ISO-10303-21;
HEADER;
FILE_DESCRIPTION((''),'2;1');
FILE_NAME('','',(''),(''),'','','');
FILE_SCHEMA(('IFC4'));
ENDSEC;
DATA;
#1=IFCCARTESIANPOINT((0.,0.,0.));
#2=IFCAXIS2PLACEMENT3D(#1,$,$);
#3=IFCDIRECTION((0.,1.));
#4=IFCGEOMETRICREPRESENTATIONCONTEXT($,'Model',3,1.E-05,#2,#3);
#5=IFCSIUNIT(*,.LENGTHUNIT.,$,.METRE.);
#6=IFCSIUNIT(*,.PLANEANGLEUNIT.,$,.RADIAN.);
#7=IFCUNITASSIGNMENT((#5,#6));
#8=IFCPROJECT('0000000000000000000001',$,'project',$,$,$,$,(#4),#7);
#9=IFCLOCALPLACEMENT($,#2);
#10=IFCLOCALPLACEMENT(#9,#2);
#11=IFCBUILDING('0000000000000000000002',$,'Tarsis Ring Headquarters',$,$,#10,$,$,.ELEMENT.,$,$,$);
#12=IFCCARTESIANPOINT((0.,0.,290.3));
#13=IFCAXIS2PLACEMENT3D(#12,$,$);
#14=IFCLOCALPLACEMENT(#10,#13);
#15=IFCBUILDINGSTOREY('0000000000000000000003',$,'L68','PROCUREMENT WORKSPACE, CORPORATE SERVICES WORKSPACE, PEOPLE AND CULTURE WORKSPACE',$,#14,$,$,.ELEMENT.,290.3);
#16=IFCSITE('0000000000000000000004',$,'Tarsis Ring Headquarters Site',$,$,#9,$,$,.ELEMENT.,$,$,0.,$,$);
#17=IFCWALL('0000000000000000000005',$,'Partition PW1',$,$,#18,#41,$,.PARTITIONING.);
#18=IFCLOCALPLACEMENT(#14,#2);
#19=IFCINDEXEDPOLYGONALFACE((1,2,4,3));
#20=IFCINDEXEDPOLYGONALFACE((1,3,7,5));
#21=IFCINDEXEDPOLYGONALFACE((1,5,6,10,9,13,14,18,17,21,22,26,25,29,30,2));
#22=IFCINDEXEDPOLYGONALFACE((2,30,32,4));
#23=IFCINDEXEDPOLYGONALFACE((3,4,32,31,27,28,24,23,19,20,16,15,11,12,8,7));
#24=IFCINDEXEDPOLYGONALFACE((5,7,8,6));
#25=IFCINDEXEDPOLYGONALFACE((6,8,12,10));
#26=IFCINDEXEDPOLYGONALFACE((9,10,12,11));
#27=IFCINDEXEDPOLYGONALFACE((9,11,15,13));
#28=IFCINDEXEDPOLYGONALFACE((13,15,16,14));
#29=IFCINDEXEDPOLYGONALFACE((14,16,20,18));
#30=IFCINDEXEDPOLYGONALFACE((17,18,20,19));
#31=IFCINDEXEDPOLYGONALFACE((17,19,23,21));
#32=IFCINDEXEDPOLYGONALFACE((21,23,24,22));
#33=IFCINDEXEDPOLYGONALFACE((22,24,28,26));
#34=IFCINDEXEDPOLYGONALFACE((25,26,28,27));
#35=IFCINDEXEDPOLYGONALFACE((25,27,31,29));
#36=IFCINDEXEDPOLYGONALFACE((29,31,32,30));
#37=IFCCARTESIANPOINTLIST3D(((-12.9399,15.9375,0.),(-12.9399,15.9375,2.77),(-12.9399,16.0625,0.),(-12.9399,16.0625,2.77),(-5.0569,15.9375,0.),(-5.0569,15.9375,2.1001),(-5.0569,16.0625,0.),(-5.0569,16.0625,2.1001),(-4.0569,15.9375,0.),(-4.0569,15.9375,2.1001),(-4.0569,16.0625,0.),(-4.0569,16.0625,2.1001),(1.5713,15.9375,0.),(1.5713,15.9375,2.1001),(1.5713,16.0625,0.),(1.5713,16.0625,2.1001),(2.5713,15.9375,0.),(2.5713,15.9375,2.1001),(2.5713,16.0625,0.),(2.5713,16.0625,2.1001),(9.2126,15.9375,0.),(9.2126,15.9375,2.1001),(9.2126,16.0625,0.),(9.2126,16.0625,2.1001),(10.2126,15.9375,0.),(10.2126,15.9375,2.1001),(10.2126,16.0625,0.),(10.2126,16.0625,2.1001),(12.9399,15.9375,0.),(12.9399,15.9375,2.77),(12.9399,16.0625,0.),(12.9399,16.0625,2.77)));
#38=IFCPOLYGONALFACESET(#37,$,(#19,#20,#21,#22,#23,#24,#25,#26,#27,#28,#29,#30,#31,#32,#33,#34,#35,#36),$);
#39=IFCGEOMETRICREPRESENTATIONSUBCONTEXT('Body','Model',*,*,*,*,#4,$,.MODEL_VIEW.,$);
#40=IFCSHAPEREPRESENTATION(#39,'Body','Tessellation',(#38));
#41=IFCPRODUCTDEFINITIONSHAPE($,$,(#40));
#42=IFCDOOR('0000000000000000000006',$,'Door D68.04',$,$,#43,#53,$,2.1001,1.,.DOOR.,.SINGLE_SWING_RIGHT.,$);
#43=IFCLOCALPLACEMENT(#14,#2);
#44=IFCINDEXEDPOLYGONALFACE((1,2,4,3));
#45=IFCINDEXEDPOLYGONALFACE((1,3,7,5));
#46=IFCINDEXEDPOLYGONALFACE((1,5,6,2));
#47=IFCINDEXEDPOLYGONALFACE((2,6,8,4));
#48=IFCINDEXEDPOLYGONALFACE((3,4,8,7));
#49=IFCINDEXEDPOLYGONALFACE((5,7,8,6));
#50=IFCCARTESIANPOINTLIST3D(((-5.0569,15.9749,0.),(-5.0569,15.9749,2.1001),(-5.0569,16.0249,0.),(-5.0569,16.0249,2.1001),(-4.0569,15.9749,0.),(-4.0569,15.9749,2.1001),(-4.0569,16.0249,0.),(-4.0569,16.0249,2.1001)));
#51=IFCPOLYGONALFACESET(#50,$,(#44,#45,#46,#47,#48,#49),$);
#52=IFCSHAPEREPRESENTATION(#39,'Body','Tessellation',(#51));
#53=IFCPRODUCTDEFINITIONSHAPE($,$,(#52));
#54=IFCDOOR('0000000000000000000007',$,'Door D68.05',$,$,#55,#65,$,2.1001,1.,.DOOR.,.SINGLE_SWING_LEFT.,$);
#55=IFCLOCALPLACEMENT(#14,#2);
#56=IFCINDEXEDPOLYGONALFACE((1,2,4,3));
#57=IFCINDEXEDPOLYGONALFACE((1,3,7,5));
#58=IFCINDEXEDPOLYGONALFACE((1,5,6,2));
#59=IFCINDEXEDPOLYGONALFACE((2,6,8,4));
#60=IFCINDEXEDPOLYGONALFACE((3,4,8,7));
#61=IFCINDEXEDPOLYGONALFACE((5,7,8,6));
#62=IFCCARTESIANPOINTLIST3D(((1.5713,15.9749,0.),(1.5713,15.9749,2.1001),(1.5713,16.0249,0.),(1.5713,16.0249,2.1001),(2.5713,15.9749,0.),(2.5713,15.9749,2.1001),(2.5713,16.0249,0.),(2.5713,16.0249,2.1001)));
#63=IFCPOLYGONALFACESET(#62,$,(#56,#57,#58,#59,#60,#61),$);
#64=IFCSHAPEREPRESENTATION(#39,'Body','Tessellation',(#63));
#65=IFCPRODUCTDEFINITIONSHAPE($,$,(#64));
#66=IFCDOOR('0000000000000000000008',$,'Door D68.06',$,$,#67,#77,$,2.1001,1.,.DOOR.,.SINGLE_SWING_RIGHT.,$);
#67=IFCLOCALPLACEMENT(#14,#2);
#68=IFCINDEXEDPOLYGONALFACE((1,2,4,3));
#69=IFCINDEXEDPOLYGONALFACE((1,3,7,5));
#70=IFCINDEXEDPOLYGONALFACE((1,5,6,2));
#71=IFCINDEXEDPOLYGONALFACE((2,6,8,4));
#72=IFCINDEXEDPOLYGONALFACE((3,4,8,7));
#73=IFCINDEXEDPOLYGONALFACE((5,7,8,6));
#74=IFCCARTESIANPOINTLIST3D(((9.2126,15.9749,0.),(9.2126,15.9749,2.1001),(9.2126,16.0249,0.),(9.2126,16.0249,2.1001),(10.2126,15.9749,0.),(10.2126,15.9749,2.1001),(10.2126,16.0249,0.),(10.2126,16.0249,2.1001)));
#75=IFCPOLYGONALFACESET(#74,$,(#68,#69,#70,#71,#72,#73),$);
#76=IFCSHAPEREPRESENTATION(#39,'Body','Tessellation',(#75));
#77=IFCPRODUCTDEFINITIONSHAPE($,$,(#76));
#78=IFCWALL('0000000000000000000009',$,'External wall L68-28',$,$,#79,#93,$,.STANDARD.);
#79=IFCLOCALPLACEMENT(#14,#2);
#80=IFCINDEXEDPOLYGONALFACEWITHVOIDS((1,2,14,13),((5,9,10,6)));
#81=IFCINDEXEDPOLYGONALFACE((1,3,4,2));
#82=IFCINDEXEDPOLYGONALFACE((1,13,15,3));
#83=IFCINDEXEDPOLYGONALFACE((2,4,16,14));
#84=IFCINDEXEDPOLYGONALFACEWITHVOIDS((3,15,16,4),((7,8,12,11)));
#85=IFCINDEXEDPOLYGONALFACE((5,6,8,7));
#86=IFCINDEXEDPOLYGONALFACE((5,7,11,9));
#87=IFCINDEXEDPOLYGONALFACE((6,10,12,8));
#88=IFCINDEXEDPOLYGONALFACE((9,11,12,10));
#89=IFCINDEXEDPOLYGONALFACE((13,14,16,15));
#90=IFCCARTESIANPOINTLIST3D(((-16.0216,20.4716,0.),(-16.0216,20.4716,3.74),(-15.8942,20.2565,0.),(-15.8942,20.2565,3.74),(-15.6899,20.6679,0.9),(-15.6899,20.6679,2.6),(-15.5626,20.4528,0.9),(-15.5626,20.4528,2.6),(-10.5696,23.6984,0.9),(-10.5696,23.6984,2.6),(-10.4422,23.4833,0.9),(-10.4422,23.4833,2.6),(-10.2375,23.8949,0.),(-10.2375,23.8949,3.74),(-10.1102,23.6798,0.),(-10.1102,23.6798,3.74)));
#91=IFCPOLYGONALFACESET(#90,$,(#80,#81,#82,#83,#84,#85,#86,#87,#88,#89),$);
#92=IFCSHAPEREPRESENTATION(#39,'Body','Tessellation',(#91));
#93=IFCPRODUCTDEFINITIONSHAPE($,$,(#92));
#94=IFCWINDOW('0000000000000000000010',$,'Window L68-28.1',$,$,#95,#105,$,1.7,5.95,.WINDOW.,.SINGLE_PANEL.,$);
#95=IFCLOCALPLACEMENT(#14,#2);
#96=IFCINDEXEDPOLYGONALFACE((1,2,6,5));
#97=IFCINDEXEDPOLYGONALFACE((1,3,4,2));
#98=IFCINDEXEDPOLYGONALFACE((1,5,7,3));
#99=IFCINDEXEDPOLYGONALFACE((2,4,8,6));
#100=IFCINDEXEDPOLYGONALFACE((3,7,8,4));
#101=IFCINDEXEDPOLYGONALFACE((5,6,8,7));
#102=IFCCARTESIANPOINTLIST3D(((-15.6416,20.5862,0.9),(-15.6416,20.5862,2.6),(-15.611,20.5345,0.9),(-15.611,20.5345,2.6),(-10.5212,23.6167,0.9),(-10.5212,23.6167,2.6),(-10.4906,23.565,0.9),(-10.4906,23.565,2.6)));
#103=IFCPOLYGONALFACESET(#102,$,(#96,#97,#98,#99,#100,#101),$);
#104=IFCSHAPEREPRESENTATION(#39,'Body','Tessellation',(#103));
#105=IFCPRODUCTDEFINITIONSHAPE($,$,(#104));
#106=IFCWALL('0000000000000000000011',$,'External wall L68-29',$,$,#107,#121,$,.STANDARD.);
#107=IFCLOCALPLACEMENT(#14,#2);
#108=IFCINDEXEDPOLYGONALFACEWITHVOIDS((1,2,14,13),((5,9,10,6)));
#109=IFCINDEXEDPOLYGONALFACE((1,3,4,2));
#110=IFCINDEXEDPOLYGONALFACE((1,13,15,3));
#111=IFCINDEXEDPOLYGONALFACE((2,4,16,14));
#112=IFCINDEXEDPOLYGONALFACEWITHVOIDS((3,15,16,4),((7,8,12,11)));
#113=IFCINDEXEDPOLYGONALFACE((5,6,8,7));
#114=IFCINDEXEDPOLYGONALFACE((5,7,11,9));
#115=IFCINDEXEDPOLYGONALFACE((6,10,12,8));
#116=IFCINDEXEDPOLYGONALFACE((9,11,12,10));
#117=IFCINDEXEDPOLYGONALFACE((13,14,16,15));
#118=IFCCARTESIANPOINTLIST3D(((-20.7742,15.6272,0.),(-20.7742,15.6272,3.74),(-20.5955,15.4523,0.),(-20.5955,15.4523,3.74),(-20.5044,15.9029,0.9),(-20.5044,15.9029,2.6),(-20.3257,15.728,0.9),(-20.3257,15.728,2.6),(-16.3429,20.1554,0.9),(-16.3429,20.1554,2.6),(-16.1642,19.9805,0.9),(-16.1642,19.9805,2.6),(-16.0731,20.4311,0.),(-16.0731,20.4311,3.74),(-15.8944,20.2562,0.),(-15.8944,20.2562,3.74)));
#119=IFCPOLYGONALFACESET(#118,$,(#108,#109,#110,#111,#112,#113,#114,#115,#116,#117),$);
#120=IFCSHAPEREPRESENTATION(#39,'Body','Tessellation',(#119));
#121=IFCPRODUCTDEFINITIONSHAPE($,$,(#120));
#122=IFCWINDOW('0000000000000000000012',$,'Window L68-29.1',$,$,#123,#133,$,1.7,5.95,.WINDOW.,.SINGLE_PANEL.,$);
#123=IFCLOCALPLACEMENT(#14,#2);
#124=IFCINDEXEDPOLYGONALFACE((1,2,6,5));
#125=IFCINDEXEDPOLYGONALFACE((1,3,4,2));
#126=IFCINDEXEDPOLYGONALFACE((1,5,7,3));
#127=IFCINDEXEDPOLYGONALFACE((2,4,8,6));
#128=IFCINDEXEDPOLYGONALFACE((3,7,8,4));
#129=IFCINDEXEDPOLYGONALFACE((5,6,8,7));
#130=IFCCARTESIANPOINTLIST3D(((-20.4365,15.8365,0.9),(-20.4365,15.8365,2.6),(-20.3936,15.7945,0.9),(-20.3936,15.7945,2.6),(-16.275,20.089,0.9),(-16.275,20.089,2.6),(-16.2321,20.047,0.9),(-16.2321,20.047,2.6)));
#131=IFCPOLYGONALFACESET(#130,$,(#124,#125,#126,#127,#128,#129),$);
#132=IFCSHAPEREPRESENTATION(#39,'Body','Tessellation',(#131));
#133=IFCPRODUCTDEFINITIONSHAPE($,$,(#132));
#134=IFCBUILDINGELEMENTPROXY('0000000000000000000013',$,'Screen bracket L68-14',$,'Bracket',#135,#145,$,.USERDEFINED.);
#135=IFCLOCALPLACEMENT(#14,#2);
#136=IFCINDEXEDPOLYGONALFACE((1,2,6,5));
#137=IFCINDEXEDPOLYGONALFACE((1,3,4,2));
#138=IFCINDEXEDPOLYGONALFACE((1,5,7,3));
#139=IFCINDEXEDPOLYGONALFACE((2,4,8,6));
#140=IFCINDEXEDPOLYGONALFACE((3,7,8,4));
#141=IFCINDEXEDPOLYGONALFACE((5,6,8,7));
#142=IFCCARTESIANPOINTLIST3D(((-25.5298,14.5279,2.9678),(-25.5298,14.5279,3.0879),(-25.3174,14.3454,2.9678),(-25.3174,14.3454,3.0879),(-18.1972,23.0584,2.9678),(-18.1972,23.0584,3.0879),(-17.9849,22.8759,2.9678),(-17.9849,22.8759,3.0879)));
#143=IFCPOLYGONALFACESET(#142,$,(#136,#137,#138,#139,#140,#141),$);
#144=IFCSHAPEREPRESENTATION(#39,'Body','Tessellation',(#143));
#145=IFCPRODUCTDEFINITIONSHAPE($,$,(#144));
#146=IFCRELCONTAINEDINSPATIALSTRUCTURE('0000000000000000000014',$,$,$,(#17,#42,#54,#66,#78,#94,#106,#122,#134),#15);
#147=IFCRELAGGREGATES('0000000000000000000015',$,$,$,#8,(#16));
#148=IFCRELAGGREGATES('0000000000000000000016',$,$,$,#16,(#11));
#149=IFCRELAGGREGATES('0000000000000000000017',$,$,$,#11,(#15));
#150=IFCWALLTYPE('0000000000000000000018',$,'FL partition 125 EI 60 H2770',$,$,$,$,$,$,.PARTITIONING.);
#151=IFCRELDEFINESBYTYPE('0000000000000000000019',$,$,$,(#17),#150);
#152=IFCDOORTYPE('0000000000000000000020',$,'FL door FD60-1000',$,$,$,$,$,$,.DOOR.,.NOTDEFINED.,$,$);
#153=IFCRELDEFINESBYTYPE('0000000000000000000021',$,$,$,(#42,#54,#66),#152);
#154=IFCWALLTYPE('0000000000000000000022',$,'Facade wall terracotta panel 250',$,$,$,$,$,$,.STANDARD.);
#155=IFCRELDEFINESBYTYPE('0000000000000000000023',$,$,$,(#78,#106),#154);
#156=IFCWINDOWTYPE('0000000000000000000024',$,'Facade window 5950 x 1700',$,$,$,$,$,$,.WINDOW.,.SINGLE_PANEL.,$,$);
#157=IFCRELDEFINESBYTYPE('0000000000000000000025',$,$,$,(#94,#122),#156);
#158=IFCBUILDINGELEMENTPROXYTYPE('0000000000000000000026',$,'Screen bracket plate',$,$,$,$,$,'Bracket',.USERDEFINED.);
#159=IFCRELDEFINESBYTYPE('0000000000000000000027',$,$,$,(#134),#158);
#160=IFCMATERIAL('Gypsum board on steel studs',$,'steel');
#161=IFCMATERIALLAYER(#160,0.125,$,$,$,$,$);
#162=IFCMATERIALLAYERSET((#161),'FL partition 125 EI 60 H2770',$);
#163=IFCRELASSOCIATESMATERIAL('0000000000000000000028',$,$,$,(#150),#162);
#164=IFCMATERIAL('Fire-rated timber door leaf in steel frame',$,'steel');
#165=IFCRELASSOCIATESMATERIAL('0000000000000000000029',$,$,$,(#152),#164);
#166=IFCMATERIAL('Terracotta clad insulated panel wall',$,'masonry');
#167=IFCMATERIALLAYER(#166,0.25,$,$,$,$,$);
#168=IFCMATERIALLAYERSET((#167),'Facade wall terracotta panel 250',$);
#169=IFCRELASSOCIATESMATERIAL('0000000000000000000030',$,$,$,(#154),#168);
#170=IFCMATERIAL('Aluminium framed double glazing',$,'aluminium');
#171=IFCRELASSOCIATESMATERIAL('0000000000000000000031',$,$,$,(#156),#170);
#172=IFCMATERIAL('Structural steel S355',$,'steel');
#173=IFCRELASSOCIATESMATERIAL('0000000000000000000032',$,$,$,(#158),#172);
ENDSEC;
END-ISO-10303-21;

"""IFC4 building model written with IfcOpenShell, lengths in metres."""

from ifc_helpers import new_model, si_unit, direction, frame, frame_2d, origin, origin_2d, place, context, subcontext, project, spatial, rectangle, extrude, material, layer, layer_set, type_object, element, fill, save


model = new_model("IFC4")

# Units and contexts
model_context = context("Model", 3, precision=1e-05, world=origin(), true_north=direction((0.0, 1.0)))
body_context = subcontext(model_context, "Body", "Model", "MODEL_VIEW")
ifc_project = project(units=[si_unit("LENGTHUNIT", "METRE"), si_unit("PLANEANGLEUNIT", "RADIAN")], contexts=[model_context])

# Site, building, storey
site_placement = place(None, origin())
site = spatial("IfcSite", under=ifc_project, at=site_placement, Name="Tarsis Ring Headquarters Site", CompositionType="ELEMENT", RefElevation=0.0)
building_placement = place(site_placement, origin())
building = spatial("IfcBuilding", under=site, at=building_placement, Name="Tarsis Ring Headquarters", CompositionType="ELEMENT")
storey_placement = place(building_placement, frame((0.0, 0.0, 290.3)))
storey = spatial("IfcBuildingStorey", under=building, at=storey_placement, Name="L68", Description="PROCUREMENT WORKSPACE, CORPORATE SERVICES WORKSPACE, PEOPLE AND CULTURE WORKSPACE", CompositionType="ELEMENT", Elevation=290.3)

# Shared definitions
ifc_material_1 = material(Name="Structural steel S355", Category="steel")

# Shared definitions
ifc_material_2 = material(Name="Gypsum board on steel studs", Category="steel")

# Wall, openings, doors
ifc_layer_1 = layer(ifc_material_2, 0.125)
ifc_layer_set_1 = layer_set([ifc_layer_1], Name="FL partition 125 EI 60 H2770")
wall_type_1 = type_object("IfcWallType", Name="FL partition 125 EI 60 H2770", PredefinedType="PARTITIONING", material=ifc_layer_set_1)
wall_1_placement = place(storey_placement, frame((-12.9399, 16.0, 0.0), z_axis=(0.0, 0.0, 1.0), x_axis=(1.0, 0.0, 0.0)))
wall_1 = element("IfcWall", 1, at=wall_1_placement, inside=storey, type_object=wall_type_1, Name="Partition PW1", PredefinedType="PARTITIONING", context=body_context, shape_type="SweptSolid", body=[
    extrude(rectangle(XDim=25.8799, YDim=0.125, at=frame_2d((12.9399, 0.0))), origin(), (0.0, 0.0, 1.0), 2.77),
])
opening_1_placement = place(wall_1_placement, frame((7.8831, 0.0, 0.0)))
opening_1 = element("IfcOpeningElement", 2, at=opening_1_placement, cuts=wall_1, PredefinedType="OPENING", context=body_context, shape_type="SweptSolid", body=[
    extrude(rectangle(XDim=1.0, YDim=2.1001, at=frame_2d((0.5, 1.05))), frame((0.0, 0.0725, 0.0), z_axis=(0.0, -1.0, 0.0), x_axis=(1.0, 0.0, 0.0)), (0.0, 0.0, 1.0), 0.145),
])
opening_2_placement = place(wall_1_placement, frame((14.5112, 0.0, 0.0)))
opening_2 = element("IfcOpeningElement", 3, at=opening_2_placement, cuts=wall_1, PredefinedType="OPENING", context=body_context, shape_type="SweptSolid", body=[
    extrude(rectangle(XDim=1.0, YDim=2.1001, at=frame_2d((0.5, 1.05))), frame((0.0, 0.0725, 0.0), z_axis=(0.0, -1.0, 0.0), x_axis=(1.0, 0.0, 0.0)), (0.0, 0.0, 1.0), 0.145),
])
opening_3_placement = place(wall_1_placement, frame((22.1526, 0.0, 0.0)))
opening_3 = element("IfcOpeningElement", 4, at=opening_3_placement, cuts=wall_1, PredefinedType="OPENING", context=body_context, shape_type="SweptSolid", body=[
    extrude(rectangle(XDim=1.0, YDim=2.1001, at=frame_2d((0.5, 1.05))), frame((0.0, 0.0725, 0.0), z_axis=(0.0, -1.0, 0.0), x_axis=(1.0, 0.0, 0.0)), (0.0, 0.0, 1.0), 0.145),
])
ifc_material_3 = material(Name="Fire-rated timber door leaf in steel frame", Category="steel")
door_type = type_object("IfcDoorType", Name="FL door FD60-1000", OperationType="NOTDEFINED", PredefinedType="DOOR", material=ifc_material_3)
door_1_placement = place(opening_1_placement, origin())
door_1 = element("IfcDoor", 5, at=door_1_placement, inside=storey, type_object=door_type, Name="Door D68.04", OperationType="SINGLE_SWING_RIGHT", OverallHeight=2.1001, OverallWidth=1.0, PredefinedType="DOOR", context=body_context, shape_type="SweptSolid", body=[
    extrude(rectangle(XDim=1.0, YDim=2.1001, at=frame_2d((0.5, 1.05))), frame((0.0, 0.0249, 0.0), z_axis=(0.0, -1.0, 0.0), x_axis=(1.0, 0.0, 0.0)), (0.0, 0.0, 1.0), 0.05),
])
fill(opening_1, door_1)
door_2_placement = place(opening_2_placement, origin())
door_2 = element("IfcDoor", 6, at=door_2_placement, inside=storey, type_object=door_type, Name="Door D68.05", OperationType="SINGLE_SWING_LEFT", OverallHeight=2.1001, OverallWidth=1.0, PredefinedType="DOOR", context=body_context, shape_type="SweptSolid", body=[
    extrude(rectangle(XDim=1.0, YDim=2.1001, at=frame_2d((0.5, 1.05))), frame((0.0, 0.0249, 0.0), z_axis=(0.0, -1.0, 0.0), x_axis=(1.0, 0.0, 0.0)), (0.0, 0.0, 1.0), 0.05),
])
fill(opening_2, door_2)
door_3_placement = place(opening_3_placement, origin())
door_3 = element("IfcDoor", 7, at=door_3_placement, inside=storey, type_object=door_type, Name="Door D68.06", OperationType="SINGLE_SWING_RIGHT", OverallHeight=2.1001, OverallWidth=1.0, PredefinedType="DOOR", context=body_context, shape_type="SweptSolid", body=[
    extrude(rectangle(XDim=1.0, YDim=2.1001, at=frame_2d((0.5, 1.05))), frame((0.0, 0.0249, 0.0), z_axis=(0.0, -1.0, 0.0), x_axis=(1.0, 0.0, 0.0)), (0.0, 0.0, 1.0), 0.05),
])
fill(opening_3, door_3)

# Walls, openings, windows
ifc_material_4 = material(Name="Terracotta clad insulated panel wall", Category="masonry")
ifc_layer_2 = layer(ifc_material_4, 0.25)
ifc_layer_set_2 = layer_set([ifc_layer_2], Name="Facade wall terracotta panel 250")
wall_type_2 = type_object("IfcWallType", Name="Facade wall terracotta panel 250", PredefinedType="STANDARD", material=ifc_layer_set_2)
wall_2_placement = place(storey_placement, frame((-10.1738, 23.7874, 0.0), z_axis=(0.0, 0.0, 1.0), x_axis=(-0.860573, -0.509326, 0.0)))
wall_2 = element("IfcWall", 8, at=wall_2_placement, inside=storey, type_object=wall_type_2, Name="External wall L68-28", PredefinedType="STANDARD", context=body_context, shape_type="SweptSolid", body=[
    extrude(rectangle(XDim=6.7212, YDim=0.25, at=frame_2d((3.3606, 0.0))), origin(), (0.0, 0.0, 1.0), 3.74),
])
opening_4_placement = place(wall_2_placement, frame((0.3857, 0.0, 0.8999)))
opening_4 = element("IfcOpeningElement", 9, at=opening_4_placement, cuts=wall_2, PredefinedType="OPENING", context=body_context, shape_type="SweptSolid", body=[
    extrude(rectangle(XDim=5.95, YDim=1.7, at=frame_2d((2.9751, 0.8501))), frame((0.0, 0.135, 0.0), z_axis=(0.0, -1.0, 0.0), x_axis=(1.0, 0.0, 0.0)), (0.0, 0.0, 1.0), 0.27),
])
ifc_material_5 = material(Name="Aluminium framed double glazing", Category="aluminium")
window_type = type_object("IfcWindowType", Name="Facade window 5950 x 1700", PartitioningType="SINGLE_PANEL", PredefinedType="WINDOW", material=ifc_material_5)
window_1_placement = place(opening_4_placement, origin())
window_1 = element("IfcWindow", 10, at=window_1_placement, inside=storey, type_object=window_type, Name="Window L68-28.1", OverallHeight=1.7, OverallWidth=5.95, PartitioningType="SINGLE_PANEL", PredefinedType="WINDOW", context=body_context, shape_type="SweptSolid", body=[
    extrude(rectangle(XDim=5.95, YDim=1.7, at=frame_2d((2.9751, 0.8501))), frame((0.0, 0.03, 0.0), z_axis=(0.0, -1.0, 0.0), x_axis=(1.0, 0.0, 0.0)), (0.0, 0.0, 1.0), 0.0601),
])
fill(opening_4, window_1)
wall_3_placement = place(storey_placement, frame((-15.9836, 20.3438, 0.0), z_axis=(0.0, 0.0, 1.0), x_axis=(-0.69942, -0.714711, 0.0)))
wall_3 = element("IfcWall", 11, at=wall_3_placement, inside=storey, type_object=wall_type_2, Name="External wall L68-29", PredefinedType="STANDARD", context=body_context, shape_type="SweptSolid", body=[
    extrude(rectangle(XDim=6.7214, YDim=0.25, at=frame_2d((3.3608, 0.0))), origin(), (0.0, 0.0, 1.0), 3.74),
])
opening_5_placement = place(wall_3_placement, frame((0.3857, 0.0, 0.8999)))
opening_5 = element("IfcOpeningElement", 12, at=opening_5_placement, cuts=wall_3, PredefinedType="OPENING", context=body_context, shape_type="SweptSolid", body=[
    extrude(rectangle(XDim=5.95, YDim=1.7, at=frame_2d((2.9751, 0.8501))), frame((0.0, 0.135, 0.0), z_axis=(0.0, -1.0, 0.0), x_axis=(1.0, 0.0, 0.0)), (0.0, 0.0, 1.0), 0.27),
])
window_2_placement = place(opening_5_placement, origin())
window_2 = element("IfcWindow", 13, at=window_2_placement, inside=storey, type_object=window_type, Name="Window L68-29.1", OverallHeight=1.7, OverallWidth=5.95, PartitioningType="SINGLE_PANEL", PredefinedType="WINDOW", context=body_context, shape_type="SweptSolid", body=[
    extrude(rectangle(XDim=5.95, YDim=1.7, at=frame_2d((2.9751, 0.8501))), frame((0.0, 0.03, 0.0), z_axis=(0.0, -1.0, 0.0), x_axis=(1.0, 0.0, 0.0)), (0.0, 0.0, 1.0), 0.0601),
])
fill(opening_5, window_2)

# Building element proxy
building_element_proxy_type = type_object("IfcBuildingElementProxyType", Name="Screen bracket plate", ElementType="Bracket", PredefinedType="USERDEFINED", material=ifc_material_1)
proxy_placement = place(storey_placement, frame((-21.7573, 18.7019, 2.9678), z_axis=(0.0, 0.0, 1.0), x_axis=(-0.651851, -0.758347, 0.0)))
element("IfcBuildingElementProxy", 14, at=proxy_placement, inside=storey, type_object=building_element_proxy_type, Name="Screen bracket L68-14", ObjectType="Bracket", PredefinedType="USERDEFINED", context=body_context, shape_type="SweptSolid", body=[
    extrude(rectangle(XDim=11.2488, YDim=0.28, at=origin_2d()), origin(), (0.0, 0.0, 1.0), 0.1201),
])

save(model, "model.ifc")
